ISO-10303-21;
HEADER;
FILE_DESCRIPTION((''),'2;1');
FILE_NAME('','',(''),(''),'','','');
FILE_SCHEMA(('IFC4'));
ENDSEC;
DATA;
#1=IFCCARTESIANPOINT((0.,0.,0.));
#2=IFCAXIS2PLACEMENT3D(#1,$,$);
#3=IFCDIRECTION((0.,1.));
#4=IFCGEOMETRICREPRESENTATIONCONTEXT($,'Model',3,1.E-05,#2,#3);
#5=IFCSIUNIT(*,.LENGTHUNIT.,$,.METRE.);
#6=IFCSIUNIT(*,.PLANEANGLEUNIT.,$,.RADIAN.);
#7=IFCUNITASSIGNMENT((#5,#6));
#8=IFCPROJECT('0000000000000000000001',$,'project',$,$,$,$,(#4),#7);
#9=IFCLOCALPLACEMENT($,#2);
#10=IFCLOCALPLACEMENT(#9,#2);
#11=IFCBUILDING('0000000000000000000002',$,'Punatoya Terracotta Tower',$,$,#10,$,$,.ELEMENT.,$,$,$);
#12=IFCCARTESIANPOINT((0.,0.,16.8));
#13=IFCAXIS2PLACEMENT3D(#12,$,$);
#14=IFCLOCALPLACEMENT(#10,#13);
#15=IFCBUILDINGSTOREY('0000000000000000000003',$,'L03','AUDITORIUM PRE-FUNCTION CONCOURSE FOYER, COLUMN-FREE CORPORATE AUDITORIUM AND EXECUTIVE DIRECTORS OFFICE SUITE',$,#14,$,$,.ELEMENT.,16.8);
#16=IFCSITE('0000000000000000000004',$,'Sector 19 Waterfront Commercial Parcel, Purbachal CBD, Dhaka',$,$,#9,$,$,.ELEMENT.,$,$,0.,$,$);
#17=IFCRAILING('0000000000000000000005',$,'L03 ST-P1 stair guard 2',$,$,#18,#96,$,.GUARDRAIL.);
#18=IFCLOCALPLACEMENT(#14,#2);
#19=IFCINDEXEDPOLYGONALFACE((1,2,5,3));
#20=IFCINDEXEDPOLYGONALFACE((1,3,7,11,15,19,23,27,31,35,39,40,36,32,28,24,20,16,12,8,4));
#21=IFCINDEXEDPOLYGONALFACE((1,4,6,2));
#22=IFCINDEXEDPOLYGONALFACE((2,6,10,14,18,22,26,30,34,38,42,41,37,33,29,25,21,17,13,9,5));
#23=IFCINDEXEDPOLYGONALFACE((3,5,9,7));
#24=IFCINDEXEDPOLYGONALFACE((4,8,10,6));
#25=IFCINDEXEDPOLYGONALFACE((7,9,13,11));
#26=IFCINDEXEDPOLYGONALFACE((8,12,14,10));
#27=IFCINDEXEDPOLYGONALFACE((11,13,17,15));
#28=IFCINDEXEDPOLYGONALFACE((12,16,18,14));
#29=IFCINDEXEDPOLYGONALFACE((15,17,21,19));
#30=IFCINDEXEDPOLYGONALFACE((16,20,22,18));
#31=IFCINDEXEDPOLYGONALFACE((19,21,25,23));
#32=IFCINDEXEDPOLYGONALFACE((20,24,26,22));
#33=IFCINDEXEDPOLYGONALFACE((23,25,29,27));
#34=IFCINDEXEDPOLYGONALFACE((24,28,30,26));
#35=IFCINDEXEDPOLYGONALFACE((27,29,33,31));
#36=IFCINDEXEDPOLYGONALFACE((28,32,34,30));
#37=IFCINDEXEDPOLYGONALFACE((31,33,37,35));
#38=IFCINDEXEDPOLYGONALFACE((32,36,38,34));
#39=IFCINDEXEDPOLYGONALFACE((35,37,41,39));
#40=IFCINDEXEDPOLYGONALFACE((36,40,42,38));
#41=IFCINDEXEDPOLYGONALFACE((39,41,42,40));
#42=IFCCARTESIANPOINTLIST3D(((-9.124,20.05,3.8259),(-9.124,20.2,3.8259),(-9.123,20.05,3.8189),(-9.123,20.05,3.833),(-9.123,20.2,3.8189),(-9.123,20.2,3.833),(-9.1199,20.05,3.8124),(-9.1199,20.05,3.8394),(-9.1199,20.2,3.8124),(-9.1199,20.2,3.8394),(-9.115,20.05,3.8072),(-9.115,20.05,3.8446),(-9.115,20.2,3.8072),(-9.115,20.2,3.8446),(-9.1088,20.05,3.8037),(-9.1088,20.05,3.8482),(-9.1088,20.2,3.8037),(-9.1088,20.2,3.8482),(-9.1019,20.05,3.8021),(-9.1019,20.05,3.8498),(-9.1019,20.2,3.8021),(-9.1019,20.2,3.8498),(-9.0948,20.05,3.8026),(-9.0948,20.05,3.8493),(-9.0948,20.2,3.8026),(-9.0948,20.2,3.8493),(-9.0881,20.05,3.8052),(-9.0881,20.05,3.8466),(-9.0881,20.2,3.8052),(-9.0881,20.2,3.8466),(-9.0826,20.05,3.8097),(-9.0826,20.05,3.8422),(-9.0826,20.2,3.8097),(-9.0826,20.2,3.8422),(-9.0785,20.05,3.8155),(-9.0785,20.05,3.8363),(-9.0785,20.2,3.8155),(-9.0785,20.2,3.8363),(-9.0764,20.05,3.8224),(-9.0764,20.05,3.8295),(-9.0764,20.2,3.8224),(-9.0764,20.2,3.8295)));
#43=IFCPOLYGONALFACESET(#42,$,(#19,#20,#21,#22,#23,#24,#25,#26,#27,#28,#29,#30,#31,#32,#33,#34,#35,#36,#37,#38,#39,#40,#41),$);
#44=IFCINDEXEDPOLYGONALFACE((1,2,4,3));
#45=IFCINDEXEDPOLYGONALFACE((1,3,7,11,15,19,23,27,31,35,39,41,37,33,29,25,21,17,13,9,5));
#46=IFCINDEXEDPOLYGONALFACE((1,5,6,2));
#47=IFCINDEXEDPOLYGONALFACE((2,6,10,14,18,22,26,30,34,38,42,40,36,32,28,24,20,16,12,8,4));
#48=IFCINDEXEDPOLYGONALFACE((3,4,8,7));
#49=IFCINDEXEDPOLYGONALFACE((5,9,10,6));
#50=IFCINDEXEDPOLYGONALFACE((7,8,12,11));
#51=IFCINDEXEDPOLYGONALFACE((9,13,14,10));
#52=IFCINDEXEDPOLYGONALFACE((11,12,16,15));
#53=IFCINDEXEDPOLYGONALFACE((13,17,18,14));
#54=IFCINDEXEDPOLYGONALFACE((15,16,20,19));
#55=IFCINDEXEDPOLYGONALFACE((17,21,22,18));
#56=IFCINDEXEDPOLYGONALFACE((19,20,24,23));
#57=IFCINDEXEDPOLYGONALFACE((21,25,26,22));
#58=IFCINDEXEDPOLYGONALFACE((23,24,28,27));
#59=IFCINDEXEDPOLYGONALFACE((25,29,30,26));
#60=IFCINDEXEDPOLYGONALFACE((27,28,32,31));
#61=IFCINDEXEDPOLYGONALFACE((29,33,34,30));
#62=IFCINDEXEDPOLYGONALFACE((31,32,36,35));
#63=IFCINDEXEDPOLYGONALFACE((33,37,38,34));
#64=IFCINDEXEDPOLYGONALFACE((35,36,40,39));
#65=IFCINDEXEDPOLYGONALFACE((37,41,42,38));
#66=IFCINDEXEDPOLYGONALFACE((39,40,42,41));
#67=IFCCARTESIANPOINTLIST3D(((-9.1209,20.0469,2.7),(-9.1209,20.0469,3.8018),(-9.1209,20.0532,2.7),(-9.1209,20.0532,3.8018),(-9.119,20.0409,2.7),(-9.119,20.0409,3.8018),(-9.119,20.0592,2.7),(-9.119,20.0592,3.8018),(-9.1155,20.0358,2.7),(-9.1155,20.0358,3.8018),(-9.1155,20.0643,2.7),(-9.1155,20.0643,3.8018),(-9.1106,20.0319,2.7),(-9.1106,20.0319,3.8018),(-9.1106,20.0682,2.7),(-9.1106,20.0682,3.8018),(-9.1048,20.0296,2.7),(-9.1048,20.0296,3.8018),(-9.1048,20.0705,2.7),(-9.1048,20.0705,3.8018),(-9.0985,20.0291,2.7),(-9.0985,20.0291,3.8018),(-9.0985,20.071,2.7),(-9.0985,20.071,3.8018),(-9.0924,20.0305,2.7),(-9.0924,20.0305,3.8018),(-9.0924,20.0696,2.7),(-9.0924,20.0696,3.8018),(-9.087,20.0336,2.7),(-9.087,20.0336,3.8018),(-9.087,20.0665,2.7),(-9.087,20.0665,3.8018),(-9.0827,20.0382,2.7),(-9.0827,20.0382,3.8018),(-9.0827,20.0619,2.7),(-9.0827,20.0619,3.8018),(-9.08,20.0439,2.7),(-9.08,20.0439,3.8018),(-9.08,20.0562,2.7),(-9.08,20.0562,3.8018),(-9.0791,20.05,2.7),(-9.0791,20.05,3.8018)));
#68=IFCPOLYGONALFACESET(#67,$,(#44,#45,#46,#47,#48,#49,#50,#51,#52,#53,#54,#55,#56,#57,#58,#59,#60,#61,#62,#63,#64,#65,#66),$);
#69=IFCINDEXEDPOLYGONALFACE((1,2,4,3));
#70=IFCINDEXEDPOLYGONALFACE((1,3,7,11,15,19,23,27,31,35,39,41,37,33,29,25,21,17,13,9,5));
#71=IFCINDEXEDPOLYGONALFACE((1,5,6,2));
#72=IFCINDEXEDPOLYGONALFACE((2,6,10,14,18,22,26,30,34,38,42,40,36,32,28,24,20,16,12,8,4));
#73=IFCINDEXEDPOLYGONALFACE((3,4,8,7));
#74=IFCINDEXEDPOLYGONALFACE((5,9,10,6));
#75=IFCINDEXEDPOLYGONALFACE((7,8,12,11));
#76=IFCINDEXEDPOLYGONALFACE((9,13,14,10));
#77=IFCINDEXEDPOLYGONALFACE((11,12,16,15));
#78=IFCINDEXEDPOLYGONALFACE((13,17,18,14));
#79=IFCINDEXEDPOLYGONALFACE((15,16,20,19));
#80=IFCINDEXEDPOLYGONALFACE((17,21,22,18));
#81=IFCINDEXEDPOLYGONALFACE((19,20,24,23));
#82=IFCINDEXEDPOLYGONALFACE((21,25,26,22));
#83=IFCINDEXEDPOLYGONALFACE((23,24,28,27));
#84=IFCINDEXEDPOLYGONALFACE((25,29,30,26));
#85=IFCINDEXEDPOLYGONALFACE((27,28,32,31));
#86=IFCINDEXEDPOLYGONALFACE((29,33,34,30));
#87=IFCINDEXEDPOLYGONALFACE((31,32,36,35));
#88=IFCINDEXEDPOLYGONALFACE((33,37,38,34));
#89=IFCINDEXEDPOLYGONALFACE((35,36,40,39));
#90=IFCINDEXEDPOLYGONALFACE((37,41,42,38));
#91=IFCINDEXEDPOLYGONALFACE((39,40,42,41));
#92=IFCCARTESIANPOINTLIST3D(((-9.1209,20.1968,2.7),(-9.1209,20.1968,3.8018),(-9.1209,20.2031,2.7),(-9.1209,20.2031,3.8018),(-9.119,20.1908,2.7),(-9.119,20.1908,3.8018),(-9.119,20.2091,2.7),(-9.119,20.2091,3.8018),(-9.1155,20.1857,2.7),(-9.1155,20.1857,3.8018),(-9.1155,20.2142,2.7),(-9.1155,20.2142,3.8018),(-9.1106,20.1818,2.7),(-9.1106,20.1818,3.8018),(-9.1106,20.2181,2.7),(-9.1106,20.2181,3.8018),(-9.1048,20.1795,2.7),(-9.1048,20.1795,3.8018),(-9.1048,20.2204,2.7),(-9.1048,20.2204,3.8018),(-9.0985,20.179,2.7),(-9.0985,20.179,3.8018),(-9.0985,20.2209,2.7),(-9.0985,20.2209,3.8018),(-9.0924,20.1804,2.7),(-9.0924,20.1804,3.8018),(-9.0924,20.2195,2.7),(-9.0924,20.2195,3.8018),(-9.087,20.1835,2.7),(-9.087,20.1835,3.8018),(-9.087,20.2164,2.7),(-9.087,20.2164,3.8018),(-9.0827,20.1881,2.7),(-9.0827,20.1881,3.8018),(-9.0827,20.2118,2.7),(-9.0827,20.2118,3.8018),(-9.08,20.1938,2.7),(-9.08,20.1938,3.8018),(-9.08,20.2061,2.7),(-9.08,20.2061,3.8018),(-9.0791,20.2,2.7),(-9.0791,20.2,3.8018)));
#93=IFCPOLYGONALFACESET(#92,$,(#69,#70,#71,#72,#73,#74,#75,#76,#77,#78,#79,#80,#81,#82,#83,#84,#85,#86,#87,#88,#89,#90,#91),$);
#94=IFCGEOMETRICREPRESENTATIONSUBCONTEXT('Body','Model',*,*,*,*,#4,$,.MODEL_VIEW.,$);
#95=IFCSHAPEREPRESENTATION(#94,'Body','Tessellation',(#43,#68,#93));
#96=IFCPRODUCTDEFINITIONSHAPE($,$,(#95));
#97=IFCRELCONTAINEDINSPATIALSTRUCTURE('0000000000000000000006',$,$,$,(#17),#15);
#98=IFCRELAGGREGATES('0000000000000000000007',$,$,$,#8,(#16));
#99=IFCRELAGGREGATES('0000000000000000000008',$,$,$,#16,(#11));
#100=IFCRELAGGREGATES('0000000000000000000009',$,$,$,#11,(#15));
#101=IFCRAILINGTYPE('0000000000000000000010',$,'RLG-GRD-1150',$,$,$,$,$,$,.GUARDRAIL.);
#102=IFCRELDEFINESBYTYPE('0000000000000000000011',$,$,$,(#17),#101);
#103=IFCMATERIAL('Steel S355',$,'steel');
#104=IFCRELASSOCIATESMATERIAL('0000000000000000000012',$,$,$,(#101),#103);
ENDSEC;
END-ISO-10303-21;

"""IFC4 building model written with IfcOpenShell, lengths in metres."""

from ifc_helpers import new_model, si_unit, direction, frame, origin, origin_2d, place, context, subcontext, project, spatial, circle, extrude, material, type_object, element, save


model = new_model("IFC4")

# Units and contexts
model_context = context("Model", 3, precision=1e-05, world=origin(), true_north=direction((0.0, 1.0)))
body_context = subcontext(model_context, "Body", "Model", "MODEL_VIEW")
ifc_project = project(units=[si_unit("LENGTHUNIT", "METRE"), si_unit("PLANEANGLEUNIT", "RADIAN")], contexts=[model_context])

# Site, building, storey
site_placement = place(None, origin())
site = spatial("IfcSite", under=ifc_project, at=site_placement, Name="Sector 19 Waterfront Commercial Parcel, Purbachal CBD, Dhaka", CompositionType="ELEMENT", RefElevation=0.0)
building_placement = place(site_placement, origin())
building = spatial("IfcBuilding", under=site, at=building_placement, Name="Punatoya Terracotta Tower", CompositionType="ELEMENT")
storey_placement = place(building_placement, frame((0.0, 0.0, 16.8)))
storey = spatial("IfcBuildingStorey", under=building, at=storey_placement, Name="L03", Description="AUDITORIUM PRE-FUNCTION CONCOURSE FOYER, COLUMN-FREE CORPORATE AUDITORIUM AND EXECUTIVE DIRECTORS OFFICE SUITE", CompositionType="ELEMENT", Elevation=16.8)

# Shared definitions
ifc_material_1 = material(Name="Steel S355", Category="steel")

# Railing
railing_type_1 = type_object("IfcRailingType", Name="RLG-GRD-1150", PredefinedType="GUARDRAIL", material=ifc_material_1)
railing_1_placement = place(storey_placement, frame((-9.1001, 20.05, 2.7)))
element("IfcRailing", 1, at=railing_1_placement, inside=storey, type_object=railing_type_1, Name="L03 ST-P1 stair guard 2", PredefinedType="GUARDRAIL", context=body_context, shape_type="SweptSolid", body=[
    extrude(circle(Radius=0.0239, at=origin_2d()), frame((0.0, 0.0, 1.126), z_axis=(0.0, 1.0, 0.0), x_axis=(-1.0, 0.0, 0.0)), (0.0, 0.0, 1.0), 0.1499),
    extrude(circle(Radius=0.021, at=origin_2d()), origin(), (0.0, 0.0, 1.0), 1.1018),
    extrude(circle(Radius=0.021, at=origin_2d()), frame((0.0, 0.1499, 0.0)), (0.0, 0.0, 1.0), 1.1018),
])

save(model, "model.ifc")
